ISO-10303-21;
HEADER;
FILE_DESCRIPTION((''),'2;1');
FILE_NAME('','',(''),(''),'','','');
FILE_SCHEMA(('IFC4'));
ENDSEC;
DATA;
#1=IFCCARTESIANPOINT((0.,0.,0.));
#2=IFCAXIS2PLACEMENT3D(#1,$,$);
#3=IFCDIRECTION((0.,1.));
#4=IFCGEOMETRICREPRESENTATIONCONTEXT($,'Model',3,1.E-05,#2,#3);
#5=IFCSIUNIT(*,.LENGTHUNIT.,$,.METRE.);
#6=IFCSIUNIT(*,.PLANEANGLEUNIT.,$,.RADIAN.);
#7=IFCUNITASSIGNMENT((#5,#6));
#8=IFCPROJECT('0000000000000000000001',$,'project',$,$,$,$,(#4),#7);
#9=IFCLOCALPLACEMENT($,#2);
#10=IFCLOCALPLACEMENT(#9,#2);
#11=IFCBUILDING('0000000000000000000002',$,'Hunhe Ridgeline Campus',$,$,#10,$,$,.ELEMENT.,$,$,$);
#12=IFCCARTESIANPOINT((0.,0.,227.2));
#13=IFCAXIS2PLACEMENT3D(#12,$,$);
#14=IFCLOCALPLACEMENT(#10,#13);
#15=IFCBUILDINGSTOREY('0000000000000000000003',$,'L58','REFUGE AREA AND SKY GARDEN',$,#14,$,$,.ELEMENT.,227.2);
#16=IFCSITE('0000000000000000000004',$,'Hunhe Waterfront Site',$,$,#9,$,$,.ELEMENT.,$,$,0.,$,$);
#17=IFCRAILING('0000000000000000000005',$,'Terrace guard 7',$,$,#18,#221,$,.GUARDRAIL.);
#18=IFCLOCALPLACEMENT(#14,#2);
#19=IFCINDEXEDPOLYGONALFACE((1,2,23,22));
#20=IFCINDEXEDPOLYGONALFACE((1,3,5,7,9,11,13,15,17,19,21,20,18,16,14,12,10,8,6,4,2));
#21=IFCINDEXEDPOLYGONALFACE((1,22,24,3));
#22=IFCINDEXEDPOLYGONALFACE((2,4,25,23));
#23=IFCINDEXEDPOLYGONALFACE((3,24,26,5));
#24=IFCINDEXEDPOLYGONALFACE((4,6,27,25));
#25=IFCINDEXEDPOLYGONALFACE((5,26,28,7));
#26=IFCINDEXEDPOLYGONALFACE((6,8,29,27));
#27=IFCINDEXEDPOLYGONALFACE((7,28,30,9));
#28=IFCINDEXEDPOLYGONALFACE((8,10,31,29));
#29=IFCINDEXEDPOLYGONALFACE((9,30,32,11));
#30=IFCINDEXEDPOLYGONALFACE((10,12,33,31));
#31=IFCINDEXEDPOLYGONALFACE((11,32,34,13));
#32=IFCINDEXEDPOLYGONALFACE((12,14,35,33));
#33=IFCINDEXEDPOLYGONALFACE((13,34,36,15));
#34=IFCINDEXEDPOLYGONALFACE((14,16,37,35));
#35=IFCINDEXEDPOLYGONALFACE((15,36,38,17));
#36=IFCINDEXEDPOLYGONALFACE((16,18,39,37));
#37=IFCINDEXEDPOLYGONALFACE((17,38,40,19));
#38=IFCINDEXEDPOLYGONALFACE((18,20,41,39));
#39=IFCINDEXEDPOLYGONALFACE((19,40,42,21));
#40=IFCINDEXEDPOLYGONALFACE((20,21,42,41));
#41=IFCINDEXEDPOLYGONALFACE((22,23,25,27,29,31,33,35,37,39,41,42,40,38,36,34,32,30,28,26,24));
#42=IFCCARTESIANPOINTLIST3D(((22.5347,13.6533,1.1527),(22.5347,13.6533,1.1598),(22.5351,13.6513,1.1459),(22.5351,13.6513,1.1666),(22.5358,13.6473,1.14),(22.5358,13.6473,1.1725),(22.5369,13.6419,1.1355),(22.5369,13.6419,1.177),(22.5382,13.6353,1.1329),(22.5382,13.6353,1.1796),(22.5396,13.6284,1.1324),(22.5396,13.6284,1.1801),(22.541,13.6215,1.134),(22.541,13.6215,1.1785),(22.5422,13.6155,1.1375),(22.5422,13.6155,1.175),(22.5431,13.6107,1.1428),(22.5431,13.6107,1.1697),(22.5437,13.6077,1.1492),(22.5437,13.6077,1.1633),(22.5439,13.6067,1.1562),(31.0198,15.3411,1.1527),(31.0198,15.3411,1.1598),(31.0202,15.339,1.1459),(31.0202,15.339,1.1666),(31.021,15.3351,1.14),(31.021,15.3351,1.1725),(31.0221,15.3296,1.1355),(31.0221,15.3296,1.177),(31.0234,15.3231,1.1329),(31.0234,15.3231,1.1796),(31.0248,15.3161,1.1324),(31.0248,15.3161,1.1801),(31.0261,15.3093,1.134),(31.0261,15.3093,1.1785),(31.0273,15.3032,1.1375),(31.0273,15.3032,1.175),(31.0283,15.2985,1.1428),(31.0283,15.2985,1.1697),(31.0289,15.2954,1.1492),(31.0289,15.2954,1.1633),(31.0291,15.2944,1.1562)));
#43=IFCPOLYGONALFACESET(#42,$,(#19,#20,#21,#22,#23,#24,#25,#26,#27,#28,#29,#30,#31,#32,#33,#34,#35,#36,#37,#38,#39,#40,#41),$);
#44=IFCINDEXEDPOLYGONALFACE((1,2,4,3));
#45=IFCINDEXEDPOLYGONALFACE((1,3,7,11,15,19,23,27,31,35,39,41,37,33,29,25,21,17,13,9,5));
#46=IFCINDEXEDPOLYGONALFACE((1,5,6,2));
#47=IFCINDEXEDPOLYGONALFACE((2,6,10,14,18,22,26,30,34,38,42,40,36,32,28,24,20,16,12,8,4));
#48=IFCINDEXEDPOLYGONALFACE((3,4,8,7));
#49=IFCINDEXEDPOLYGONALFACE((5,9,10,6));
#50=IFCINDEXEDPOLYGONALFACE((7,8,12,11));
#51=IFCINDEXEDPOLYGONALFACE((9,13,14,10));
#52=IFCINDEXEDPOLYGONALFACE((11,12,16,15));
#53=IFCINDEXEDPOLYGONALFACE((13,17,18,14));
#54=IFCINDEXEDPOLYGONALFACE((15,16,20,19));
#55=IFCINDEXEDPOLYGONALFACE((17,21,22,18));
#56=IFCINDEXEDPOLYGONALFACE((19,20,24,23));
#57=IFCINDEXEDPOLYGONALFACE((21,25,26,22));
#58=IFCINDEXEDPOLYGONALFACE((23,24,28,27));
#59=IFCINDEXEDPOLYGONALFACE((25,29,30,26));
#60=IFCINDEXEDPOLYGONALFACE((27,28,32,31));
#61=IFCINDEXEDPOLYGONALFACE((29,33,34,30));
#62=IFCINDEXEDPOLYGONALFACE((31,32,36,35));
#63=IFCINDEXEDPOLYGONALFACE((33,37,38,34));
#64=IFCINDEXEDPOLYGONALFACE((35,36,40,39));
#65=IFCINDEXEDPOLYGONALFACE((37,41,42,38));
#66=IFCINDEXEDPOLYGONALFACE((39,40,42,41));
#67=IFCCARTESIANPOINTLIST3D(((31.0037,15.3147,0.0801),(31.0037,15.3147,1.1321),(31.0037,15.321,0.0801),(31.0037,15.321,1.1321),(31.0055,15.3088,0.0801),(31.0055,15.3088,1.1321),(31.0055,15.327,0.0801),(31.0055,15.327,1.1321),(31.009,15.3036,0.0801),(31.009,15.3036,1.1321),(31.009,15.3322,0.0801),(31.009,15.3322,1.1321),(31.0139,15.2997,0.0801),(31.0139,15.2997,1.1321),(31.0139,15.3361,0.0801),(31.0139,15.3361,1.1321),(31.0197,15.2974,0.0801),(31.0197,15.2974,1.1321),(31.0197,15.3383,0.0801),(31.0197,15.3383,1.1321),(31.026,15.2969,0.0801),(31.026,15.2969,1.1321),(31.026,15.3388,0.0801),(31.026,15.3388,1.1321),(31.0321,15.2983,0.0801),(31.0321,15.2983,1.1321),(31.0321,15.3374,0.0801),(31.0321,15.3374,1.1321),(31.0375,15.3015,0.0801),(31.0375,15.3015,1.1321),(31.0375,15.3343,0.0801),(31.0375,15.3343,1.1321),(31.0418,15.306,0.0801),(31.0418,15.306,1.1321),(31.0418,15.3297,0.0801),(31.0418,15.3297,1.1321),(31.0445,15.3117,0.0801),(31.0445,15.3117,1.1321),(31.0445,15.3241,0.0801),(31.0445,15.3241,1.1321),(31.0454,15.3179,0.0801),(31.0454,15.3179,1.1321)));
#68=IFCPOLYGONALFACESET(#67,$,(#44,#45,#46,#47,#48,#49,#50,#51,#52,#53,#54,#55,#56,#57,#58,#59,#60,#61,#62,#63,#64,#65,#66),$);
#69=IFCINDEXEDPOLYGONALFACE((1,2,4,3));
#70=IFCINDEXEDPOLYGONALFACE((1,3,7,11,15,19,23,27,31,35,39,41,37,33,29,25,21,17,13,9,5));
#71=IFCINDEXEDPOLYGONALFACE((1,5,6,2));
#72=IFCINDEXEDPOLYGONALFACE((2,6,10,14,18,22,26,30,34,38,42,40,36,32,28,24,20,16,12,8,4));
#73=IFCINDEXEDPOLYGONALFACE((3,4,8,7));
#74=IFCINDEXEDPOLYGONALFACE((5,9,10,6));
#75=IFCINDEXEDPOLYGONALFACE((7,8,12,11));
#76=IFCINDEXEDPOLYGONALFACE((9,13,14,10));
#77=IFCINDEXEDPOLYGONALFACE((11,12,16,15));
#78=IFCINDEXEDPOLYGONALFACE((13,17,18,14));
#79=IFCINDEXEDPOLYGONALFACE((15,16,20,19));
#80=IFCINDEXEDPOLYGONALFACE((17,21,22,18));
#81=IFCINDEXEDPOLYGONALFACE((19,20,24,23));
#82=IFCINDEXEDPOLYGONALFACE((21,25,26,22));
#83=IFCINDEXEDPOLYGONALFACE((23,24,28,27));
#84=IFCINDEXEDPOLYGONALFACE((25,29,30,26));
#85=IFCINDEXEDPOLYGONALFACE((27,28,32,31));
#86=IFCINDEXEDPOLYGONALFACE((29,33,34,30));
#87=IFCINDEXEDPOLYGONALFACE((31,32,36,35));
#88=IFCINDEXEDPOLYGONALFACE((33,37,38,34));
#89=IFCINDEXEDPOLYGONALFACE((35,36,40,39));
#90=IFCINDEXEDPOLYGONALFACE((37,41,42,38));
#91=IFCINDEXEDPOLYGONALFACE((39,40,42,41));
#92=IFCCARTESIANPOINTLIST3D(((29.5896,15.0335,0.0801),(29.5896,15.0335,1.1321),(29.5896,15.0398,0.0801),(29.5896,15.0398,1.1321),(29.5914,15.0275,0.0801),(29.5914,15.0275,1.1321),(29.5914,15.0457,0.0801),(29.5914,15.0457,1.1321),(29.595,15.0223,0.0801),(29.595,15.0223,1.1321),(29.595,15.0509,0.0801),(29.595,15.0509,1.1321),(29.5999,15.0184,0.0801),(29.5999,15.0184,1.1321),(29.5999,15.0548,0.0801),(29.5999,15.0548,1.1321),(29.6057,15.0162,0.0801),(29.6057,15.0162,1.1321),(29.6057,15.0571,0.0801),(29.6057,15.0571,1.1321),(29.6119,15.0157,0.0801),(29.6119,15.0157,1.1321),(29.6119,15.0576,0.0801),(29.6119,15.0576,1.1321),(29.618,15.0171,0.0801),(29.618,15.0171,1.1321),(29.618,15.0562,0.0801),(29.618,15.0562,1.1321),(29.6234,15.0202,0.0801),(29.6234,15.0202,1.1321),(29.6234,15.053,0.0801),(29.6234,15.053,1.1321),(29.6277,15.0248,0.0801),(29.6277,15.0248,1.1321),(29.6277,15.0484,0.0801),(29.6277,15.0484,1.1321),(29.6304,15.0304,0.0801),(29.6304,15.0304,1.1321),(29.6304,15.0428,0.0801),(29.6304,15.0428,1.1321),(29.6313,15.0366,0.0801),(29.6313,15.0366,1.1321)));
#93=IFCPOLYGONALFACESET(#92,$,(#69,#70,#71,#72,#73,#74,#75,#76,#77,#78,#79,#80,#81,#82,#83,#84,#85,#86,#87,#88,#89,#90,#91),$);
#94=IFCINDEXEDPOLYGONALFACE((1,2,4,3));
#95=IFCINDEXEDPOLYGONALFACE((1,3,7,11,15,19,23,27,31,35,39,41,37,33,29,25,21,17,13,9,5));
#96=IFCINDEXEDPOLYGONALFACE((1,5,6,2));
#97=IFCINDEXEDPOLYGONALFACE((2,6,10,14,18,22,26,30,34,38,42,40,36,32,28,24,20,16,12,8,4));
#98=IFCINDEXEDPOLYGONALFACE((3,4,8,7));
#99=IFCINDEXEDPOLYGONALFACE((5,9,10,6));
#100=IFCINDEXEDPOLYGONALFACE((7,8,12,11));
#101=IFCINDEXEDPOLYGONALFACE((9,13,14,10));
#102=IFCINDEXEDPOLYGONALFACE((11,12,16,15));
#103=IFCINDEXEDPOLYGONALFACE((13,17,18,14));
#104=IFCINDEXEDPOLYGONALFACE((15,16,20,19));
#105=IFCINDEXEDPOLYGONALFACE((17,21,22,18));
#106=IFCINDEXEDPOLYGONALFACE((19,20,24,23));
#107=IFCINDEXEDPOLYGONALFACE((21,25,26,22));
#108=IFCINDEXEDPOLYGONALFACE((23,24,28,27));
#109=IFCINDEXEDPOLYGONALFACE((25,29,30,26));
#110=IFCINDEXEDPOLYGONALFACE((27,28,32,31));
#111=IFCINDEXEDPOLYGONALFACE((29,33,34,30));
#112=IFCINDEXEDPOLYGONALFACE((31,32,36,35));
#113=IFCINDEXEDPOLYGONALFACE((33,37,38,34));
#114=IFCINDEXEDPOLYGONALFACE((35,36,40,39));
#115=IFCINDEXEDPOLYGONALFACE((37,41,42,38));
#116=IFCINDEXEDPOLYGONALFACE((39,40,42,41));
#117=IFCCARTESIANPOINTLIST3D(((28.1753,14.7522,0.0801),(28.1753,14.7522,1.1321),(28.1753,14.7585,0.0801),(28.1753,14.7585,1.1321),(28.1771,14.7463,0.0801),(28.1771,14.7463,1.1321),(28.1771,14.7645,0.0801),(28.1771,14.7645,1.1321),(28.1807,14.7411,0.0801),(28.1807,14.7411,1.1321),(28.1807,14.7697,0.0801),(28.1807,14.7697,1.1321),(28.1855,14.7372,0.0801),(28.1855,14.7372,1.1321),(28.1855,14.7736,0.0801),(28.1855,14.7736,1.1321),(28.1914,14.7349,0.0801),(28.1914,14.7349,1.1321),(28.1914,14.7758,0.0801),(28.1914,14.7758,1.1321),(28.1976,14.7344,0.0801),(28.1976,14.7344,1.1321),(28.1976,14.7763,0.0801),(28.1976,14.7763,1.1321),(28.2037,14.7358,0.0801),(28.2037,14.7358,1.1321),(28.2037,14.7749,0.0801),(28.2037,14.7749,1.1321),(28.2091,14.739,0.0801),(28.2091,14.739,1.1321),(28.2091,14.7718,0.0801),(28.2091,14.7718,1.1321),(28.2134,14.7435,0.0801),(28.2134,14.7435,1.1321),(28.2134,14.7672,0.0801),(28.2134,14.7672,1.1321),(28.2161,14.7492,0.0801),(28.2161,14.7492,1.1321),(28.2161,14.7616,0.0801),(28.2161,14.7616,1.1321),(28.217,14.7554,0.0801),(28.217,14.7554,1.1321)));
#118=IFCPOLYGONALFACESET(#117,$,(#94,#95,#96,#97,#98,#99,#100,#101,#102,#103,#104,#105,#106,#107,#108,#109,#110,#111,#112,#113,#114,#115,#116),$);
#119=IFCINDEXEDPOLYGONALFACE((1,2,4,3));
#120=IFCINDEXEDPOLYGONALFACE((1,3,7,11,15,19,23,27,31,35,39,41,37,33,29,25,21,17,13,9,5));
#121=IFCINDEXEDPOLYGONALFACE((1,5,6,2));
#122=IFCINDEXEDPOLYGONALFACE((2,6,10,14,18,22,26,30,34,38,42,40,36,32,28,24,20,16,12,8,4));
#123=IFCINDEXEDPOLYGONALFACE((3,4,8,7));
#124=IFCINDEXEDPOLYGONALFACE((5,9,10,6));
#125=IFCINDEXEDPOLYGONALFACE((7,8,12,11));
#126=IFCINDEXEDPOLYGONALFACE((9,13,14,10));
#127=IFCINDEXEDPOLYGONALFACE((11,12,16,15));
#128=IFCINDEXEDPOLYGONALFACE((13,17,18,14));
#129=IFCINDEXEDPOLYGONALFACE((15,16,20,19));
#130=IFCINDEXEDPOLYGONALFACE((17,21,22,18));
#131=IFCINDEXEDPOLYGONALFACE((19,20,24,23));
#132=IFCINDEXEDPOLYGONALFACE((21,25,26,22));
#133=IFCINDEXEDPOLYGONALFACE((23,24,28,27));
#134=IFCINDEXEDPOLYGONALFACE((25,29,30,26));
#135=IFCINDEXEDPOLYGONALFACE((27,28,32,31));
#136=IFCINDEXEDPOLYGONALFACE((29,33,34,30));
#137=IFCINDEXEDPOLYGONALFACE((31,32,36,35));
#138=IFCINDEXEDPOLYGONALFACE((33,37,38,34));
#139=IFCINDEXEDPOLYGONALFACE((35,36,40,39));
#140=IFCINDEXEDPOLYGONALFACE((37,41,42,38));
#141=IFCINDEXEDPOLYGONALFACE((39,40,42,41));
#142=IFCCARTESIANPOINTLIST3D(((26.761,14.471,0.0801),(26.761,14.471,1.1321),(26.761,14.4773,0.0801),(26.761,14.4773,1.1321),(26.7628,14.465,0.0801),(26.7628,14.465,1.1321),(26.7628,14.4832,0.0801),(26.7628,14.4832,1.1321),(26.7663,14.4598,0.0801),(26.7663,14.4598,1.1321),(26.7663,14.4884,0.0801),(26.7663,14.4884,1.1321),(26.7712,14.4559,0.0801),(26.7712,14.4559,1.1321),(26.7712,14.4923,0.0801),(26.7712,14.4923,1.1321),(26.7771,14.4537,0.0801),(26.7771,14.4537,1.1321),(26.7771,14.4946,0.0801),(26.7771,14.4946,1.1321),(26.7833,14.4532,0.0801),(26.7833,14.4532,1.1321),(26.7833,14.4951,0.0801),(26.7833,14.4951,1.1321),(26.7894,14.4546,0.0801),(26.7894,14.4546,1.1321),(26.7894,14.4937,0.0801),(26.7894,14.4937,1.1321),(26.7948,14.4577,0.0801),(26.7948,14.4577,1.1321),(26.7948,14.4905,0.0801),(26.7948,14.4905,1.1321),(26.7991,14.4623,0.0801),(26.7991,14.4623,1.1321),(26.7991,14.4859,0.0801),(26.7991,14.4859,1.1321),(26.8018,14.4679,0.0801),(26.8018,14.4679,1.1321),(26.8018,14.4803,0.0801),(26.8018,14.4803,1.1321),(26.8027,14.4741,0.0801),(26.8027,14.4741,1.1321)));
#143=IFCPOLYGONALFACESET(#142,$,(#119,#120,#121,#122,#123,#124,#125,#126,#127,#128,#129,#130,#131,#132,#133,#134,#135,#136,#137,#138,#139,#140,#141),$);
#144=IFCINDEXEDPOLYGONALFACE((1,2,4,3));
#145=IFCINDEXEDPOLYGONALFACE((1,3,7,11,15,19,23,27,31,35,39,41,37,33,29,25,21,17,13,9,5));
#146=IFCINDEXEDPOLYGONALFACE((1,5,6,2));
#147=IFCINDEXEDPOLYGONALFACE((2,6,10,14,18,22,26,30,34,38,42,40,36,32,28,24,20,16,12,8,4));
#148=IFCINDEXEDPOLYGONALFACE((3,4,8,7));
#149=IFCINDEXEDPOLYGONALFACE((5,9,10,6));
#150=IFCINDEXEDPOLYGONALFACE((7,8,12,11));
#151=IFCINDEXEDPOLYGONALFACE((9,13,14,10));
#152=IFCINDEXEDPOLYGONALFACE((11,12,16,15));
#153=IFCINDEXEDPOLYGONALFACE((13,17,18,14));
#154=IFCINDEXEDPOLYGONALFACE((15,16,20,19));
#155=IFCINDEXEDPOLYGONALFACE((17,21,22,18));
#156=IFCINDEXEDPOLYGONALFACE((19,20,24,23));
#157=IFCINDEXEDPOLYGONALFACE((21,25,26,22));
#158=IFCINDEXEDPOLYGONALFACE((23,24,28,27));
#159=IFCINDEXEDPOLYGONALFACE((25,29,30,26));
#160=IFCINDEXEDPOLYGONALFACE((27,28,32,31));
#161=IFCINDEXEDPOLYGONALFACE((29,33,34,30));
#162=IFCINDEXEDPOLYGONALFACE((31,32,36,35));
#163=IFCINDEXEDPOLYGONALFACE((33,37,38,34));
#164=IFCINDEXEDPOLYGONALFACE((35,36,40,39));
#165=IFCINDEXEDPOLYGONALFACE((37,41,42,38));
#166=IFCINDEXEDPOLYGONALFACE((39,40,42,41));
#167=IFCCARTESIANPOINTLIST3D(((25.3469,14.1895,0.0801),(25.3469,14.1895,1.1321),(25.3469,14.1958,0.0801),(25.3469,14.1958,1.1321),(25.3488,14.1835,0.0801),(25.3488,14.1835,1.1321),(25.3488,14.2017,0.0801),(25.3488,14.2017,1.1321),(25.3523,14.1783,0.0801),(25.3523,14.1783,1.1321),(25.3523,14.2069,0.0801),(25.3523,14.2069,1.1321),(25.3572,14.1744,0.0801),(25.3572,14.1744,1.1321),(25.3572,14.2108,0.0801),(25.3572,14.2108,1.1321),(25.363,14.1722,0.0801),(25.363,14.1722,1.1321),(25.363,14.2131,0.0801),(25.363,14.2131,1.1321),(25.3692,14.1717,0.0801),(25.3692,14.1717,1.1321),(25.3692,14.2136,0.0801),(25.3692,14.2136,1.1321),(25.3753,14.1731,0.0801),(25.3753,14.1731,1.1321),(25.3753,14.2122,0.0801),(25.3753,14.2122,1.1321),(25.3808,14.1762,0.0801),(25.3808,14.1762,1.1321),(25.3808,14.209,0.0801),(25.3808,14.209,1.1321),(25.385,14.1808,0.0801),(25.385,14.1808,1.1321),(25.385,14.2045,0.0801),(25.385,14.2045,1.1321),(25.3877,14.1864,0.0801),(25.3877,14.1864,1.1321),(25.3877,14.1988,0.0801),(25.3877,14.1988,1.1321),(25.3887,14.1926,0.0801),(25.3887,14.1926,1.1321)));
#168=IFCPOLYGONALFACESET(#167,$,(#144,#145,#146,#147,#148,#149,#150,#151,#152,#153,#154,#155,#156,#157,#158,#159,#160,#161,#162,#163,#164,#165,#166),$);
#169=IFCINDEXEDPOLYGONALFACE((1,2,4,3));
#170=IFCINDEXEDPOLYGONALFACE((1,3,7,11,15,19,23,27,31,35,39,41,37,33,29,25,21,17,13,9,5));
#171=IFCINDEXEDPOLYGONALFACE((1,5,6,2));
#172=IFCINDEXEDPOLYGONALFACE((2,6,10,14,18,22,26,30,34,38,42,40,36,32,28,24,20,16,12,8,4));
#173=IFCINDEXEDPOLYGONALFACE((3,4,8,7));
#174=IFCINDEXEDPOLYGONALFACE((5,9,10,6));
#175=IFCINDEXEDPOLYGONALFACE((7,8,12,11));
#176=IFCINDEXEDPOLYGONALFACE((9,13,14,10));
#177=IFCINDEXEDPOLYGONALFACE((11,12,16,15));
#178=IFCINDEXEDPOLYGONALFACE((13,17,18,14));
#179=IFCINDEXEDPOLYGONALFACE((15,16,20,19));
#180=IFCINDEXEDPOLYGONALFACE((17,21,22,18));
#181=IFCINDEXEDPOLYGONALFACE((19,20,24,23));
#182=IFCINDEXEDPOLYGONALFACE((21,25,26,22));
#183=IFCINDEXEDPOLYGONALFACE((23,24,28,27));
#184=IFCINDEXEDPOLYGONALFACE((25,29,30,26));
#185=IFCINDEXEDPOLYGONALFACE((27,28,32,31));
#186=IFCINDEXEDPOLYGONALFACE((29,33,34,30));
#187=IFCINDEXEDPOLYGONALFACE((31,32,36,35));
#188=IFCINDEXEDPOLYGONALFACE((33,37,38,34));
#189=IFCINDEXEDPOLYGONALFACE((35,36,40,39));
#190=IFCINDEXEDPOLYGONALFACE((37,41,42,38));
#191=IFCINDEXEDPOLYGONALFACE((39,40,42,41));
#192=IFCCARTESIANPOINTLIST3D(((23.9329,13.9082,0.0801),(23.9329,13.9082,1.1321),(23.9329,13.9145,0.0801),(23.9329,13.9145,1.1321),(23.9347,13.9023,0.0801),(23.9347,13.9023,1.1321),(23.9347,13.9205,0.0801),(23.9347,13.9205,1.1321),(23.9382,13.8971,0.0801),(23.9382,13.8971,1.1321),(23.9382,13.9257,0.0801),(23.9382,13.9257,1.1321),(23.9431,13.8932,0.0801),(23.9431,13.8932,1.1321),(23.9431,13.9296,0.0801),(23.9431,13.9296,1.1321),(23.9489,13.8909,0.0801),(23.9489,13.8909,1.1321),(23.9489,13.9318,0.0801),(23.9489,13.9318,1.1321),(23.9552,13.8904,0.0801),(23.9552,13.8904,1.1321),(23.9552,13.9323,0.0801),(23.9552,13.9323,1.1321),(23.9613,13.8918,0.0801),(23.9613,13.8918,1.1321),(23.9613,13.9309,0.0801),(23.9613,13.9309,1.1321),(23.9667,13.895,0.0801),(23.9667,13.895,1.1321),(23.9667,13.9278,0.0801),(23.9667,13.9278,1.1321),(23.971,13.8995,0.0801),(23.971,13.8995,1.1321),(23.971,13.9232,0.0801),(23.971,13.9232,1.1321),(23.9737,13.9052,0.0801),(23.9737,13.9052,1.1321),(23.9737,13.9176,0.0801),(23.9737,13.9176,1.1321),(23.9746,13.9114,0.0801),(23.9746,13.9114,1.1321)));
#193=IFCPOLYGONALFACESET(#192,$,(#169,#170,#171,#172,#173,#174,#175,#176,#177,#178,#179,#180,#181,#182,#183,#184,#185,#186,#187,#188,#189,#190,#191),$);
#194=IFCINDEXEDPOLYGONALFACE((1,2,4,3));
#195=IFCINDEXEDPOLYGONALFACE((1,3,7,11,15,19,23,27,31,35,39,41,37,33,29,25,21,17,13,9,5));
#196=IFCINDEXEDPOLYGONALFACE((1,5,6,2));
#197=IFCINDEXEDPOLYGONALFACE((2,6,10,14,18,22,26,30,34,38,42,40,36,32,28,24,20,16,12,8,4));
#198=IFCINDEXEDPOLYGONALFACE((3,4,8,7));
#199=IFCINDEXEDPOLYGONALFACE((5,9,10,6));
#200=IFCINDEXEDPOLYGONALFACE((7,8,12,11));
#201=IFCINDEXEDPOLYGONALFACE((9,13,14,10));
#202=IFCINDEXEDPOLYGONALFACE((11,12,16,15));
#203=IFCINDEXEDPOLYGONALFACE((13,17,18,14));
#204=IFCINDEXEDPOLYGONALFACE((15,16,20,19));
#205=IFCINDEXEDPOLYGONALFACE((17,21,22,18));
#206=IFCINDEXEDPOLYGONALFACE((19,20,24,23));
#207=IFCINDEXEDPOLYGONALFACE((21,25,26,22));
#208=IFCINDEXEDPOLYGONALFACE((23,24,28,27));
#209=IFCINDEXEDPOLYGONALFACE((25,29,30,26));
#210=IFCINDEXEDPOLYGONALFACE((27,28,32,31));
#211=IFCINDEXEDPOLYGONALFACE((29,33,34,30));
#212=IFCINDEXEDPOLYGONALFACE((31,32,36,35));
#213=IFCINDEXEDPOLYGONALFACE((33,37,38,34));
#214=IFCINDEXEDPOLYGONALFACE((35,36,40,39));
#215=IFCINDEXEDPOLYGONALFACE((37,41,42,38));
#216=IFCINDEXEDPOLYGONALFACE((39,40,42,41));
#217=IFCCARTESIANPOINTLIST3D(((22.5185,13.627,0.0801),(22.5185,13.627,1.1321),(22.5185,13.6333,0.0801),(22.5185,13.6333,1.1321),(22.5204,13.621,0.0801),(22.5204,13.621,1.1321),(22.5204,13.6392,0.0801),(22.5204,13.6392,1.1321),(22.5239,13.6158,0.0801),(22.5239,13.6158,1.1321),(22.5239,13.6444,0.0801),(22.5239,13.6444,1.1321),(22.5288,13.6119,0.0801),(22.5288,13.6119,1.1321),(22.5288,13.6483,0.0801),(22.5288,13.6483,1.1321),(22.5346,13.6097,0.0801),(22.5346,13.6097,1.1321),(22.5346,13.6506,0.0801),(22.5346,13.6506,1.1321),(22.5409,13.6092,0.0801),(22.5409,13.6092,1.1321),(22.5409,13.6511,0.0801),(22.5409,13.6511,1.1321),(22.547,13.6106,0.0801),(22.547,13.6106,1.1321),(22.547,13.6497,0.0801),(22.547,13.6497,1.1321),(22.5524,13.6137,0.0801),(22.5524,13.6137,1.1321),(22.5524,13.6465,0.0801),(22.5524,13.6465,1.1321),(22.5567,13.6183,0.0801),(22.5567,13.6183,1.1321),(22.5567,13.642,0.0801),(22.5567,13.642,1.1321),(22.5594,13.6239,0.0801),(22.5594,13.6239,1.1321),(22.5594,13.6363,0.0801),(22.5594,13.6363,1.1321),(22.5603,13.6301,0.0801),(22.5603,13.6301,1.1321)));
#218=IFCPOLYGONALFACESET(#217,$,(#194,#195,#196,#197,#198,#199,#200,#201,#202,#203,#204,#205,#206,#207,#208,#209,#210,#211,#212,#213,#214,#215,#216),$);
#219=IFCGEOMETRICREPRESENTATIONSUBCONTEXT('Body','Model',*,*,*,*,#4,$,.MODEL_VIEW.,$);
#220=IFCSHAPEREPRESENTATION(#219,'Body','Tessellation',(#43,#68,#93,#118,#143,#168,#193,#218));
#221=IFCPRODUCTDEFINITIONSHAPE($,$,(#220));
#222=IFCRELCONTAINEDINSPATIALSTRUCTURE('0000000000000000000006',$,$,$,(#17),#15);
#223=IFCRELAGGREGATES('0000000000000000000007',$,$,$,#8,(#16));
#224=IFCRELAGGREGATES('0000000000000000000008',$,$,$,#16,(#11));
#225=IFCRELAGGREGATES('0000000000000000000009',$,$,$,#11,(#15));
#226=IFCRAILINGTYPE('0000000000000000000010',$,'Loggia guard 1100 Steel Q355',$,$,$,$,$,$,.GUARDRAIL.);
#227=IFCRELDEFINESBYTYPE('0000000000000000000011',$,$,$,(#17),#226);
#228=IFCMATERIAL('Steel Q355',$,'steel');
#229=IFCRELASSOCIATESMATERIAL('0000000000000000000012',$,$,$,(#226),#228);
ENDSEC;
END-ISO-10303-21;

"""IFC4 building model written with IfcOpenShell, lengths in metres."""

from ifc_helpers import new_model, si_unit, direction, frame, origin, origin_2d, place, context, subcontext, project, spatial, circle, extrude, material, type_object, element, save


model = new_model("IFC4")

# Units and contexts
model_context = context("Model", 3, precision=1e-05, world=origin(), true_north=direction((0.0, 1.0)))
body_context = subcontext(model_context, "Body", "Model", "MODEL_VIEW")
ifc_project = project(units=[si_unit("LENGTHUNIT", "METRE"), si_unit("PLANEANGLEUNIT", "RADIAN")], contexts=[model_context])

# Site, building, storey
site_placement = place(None, origin())
site = spatial("IfcSite", under=ifc_project, at=site_placement, Name="Hunhe Waterfront Site", CompositionType="ELEMENT", RefElevation=0.0)
building_placement = place(site_placement, origin())
building = spatial("IfcBuilding", under=site, at=building_placement, Name="Hunhe Ridgeline Campus", CompositionType="ELEMENT")
storey_placement = place(building_placement, frame((0.0, 0.0, 227.2)))
storey = spatial("IfcBuildingStorey", under=building, at=storey_placement, Name="L58", Description="REFUGE AREA AND SKY GARDEN", CompositionType="ELEMENT", Elevation=227.2)

# Railing
ifc_material_1 = material(Name="Steel Q355", Category="steel")
railing_type = type_object("IfcRailingType", Name="Loggia guard 1100 Steel Q355", PredefinedType="GUARDRAIL", material=ifc_material_1)
railing_1_placement = place(storey_placement, frame((31.0244, 15.3179, 0.0801)))
element("IfcRailing", 1, at=railing_1_placement, inside=storey, type_object=railing_type, Name="Terrace guard 7", PredefinedType="GUARDRAIL", context=body_context, shape_type="SweptSolid", body=[
    extrude(circle(Radius=0.0239, at=origin_2d()), frame((0.0, 0.0, 1.0762), z_axis=(-0.980786, -0.195085, 0.0), x_axis=(0.195085, -0.980786, 0.0)), (0.0, 0.0, 1.0), 8.6514),
    extrude(circle(Radius=0.021, at=origin_2d()), origin(), (0.0, 0.0, 1.0), 1.052),
    extrude(circle(Radius=0.021, at=origin_2d()), frame((-1.4141, -0.2812, 0.0)), (0.0, 0.0, 1.0), 1.052),
    extrude(circle(Radius=0.021, at=origin_2d()), frame((-2.8284, -0.5625, 0.0)), (0.0, 0.0, 1.0), 1.052),
    extrude(circle(Radius=0.021, at=origin_2d()), frame((-4.2427, -0.8438, 0.0)), (0.0, 0.0, 1.0), 1.052),
    extrude(circle(Radius=0.021, at=origin_2d()), frame((-5.6567, -1.1252, 0.0)), (0.0, 0.0, 1.0), 1.052),
    extrude(circle(Radius=0.021, at=origin_2d()), frame((-7.0708, -1.4065, 0.0)), (0.0, 0.0, 1.0), 1.052),
    extrude(circle(Radius=0.021, at=origin_2d()), frame((-8.4851, -1.6877, 0.0)), (0.0, 0.0, 1.0), 1.052),
])

save(model, "model.ifc")
